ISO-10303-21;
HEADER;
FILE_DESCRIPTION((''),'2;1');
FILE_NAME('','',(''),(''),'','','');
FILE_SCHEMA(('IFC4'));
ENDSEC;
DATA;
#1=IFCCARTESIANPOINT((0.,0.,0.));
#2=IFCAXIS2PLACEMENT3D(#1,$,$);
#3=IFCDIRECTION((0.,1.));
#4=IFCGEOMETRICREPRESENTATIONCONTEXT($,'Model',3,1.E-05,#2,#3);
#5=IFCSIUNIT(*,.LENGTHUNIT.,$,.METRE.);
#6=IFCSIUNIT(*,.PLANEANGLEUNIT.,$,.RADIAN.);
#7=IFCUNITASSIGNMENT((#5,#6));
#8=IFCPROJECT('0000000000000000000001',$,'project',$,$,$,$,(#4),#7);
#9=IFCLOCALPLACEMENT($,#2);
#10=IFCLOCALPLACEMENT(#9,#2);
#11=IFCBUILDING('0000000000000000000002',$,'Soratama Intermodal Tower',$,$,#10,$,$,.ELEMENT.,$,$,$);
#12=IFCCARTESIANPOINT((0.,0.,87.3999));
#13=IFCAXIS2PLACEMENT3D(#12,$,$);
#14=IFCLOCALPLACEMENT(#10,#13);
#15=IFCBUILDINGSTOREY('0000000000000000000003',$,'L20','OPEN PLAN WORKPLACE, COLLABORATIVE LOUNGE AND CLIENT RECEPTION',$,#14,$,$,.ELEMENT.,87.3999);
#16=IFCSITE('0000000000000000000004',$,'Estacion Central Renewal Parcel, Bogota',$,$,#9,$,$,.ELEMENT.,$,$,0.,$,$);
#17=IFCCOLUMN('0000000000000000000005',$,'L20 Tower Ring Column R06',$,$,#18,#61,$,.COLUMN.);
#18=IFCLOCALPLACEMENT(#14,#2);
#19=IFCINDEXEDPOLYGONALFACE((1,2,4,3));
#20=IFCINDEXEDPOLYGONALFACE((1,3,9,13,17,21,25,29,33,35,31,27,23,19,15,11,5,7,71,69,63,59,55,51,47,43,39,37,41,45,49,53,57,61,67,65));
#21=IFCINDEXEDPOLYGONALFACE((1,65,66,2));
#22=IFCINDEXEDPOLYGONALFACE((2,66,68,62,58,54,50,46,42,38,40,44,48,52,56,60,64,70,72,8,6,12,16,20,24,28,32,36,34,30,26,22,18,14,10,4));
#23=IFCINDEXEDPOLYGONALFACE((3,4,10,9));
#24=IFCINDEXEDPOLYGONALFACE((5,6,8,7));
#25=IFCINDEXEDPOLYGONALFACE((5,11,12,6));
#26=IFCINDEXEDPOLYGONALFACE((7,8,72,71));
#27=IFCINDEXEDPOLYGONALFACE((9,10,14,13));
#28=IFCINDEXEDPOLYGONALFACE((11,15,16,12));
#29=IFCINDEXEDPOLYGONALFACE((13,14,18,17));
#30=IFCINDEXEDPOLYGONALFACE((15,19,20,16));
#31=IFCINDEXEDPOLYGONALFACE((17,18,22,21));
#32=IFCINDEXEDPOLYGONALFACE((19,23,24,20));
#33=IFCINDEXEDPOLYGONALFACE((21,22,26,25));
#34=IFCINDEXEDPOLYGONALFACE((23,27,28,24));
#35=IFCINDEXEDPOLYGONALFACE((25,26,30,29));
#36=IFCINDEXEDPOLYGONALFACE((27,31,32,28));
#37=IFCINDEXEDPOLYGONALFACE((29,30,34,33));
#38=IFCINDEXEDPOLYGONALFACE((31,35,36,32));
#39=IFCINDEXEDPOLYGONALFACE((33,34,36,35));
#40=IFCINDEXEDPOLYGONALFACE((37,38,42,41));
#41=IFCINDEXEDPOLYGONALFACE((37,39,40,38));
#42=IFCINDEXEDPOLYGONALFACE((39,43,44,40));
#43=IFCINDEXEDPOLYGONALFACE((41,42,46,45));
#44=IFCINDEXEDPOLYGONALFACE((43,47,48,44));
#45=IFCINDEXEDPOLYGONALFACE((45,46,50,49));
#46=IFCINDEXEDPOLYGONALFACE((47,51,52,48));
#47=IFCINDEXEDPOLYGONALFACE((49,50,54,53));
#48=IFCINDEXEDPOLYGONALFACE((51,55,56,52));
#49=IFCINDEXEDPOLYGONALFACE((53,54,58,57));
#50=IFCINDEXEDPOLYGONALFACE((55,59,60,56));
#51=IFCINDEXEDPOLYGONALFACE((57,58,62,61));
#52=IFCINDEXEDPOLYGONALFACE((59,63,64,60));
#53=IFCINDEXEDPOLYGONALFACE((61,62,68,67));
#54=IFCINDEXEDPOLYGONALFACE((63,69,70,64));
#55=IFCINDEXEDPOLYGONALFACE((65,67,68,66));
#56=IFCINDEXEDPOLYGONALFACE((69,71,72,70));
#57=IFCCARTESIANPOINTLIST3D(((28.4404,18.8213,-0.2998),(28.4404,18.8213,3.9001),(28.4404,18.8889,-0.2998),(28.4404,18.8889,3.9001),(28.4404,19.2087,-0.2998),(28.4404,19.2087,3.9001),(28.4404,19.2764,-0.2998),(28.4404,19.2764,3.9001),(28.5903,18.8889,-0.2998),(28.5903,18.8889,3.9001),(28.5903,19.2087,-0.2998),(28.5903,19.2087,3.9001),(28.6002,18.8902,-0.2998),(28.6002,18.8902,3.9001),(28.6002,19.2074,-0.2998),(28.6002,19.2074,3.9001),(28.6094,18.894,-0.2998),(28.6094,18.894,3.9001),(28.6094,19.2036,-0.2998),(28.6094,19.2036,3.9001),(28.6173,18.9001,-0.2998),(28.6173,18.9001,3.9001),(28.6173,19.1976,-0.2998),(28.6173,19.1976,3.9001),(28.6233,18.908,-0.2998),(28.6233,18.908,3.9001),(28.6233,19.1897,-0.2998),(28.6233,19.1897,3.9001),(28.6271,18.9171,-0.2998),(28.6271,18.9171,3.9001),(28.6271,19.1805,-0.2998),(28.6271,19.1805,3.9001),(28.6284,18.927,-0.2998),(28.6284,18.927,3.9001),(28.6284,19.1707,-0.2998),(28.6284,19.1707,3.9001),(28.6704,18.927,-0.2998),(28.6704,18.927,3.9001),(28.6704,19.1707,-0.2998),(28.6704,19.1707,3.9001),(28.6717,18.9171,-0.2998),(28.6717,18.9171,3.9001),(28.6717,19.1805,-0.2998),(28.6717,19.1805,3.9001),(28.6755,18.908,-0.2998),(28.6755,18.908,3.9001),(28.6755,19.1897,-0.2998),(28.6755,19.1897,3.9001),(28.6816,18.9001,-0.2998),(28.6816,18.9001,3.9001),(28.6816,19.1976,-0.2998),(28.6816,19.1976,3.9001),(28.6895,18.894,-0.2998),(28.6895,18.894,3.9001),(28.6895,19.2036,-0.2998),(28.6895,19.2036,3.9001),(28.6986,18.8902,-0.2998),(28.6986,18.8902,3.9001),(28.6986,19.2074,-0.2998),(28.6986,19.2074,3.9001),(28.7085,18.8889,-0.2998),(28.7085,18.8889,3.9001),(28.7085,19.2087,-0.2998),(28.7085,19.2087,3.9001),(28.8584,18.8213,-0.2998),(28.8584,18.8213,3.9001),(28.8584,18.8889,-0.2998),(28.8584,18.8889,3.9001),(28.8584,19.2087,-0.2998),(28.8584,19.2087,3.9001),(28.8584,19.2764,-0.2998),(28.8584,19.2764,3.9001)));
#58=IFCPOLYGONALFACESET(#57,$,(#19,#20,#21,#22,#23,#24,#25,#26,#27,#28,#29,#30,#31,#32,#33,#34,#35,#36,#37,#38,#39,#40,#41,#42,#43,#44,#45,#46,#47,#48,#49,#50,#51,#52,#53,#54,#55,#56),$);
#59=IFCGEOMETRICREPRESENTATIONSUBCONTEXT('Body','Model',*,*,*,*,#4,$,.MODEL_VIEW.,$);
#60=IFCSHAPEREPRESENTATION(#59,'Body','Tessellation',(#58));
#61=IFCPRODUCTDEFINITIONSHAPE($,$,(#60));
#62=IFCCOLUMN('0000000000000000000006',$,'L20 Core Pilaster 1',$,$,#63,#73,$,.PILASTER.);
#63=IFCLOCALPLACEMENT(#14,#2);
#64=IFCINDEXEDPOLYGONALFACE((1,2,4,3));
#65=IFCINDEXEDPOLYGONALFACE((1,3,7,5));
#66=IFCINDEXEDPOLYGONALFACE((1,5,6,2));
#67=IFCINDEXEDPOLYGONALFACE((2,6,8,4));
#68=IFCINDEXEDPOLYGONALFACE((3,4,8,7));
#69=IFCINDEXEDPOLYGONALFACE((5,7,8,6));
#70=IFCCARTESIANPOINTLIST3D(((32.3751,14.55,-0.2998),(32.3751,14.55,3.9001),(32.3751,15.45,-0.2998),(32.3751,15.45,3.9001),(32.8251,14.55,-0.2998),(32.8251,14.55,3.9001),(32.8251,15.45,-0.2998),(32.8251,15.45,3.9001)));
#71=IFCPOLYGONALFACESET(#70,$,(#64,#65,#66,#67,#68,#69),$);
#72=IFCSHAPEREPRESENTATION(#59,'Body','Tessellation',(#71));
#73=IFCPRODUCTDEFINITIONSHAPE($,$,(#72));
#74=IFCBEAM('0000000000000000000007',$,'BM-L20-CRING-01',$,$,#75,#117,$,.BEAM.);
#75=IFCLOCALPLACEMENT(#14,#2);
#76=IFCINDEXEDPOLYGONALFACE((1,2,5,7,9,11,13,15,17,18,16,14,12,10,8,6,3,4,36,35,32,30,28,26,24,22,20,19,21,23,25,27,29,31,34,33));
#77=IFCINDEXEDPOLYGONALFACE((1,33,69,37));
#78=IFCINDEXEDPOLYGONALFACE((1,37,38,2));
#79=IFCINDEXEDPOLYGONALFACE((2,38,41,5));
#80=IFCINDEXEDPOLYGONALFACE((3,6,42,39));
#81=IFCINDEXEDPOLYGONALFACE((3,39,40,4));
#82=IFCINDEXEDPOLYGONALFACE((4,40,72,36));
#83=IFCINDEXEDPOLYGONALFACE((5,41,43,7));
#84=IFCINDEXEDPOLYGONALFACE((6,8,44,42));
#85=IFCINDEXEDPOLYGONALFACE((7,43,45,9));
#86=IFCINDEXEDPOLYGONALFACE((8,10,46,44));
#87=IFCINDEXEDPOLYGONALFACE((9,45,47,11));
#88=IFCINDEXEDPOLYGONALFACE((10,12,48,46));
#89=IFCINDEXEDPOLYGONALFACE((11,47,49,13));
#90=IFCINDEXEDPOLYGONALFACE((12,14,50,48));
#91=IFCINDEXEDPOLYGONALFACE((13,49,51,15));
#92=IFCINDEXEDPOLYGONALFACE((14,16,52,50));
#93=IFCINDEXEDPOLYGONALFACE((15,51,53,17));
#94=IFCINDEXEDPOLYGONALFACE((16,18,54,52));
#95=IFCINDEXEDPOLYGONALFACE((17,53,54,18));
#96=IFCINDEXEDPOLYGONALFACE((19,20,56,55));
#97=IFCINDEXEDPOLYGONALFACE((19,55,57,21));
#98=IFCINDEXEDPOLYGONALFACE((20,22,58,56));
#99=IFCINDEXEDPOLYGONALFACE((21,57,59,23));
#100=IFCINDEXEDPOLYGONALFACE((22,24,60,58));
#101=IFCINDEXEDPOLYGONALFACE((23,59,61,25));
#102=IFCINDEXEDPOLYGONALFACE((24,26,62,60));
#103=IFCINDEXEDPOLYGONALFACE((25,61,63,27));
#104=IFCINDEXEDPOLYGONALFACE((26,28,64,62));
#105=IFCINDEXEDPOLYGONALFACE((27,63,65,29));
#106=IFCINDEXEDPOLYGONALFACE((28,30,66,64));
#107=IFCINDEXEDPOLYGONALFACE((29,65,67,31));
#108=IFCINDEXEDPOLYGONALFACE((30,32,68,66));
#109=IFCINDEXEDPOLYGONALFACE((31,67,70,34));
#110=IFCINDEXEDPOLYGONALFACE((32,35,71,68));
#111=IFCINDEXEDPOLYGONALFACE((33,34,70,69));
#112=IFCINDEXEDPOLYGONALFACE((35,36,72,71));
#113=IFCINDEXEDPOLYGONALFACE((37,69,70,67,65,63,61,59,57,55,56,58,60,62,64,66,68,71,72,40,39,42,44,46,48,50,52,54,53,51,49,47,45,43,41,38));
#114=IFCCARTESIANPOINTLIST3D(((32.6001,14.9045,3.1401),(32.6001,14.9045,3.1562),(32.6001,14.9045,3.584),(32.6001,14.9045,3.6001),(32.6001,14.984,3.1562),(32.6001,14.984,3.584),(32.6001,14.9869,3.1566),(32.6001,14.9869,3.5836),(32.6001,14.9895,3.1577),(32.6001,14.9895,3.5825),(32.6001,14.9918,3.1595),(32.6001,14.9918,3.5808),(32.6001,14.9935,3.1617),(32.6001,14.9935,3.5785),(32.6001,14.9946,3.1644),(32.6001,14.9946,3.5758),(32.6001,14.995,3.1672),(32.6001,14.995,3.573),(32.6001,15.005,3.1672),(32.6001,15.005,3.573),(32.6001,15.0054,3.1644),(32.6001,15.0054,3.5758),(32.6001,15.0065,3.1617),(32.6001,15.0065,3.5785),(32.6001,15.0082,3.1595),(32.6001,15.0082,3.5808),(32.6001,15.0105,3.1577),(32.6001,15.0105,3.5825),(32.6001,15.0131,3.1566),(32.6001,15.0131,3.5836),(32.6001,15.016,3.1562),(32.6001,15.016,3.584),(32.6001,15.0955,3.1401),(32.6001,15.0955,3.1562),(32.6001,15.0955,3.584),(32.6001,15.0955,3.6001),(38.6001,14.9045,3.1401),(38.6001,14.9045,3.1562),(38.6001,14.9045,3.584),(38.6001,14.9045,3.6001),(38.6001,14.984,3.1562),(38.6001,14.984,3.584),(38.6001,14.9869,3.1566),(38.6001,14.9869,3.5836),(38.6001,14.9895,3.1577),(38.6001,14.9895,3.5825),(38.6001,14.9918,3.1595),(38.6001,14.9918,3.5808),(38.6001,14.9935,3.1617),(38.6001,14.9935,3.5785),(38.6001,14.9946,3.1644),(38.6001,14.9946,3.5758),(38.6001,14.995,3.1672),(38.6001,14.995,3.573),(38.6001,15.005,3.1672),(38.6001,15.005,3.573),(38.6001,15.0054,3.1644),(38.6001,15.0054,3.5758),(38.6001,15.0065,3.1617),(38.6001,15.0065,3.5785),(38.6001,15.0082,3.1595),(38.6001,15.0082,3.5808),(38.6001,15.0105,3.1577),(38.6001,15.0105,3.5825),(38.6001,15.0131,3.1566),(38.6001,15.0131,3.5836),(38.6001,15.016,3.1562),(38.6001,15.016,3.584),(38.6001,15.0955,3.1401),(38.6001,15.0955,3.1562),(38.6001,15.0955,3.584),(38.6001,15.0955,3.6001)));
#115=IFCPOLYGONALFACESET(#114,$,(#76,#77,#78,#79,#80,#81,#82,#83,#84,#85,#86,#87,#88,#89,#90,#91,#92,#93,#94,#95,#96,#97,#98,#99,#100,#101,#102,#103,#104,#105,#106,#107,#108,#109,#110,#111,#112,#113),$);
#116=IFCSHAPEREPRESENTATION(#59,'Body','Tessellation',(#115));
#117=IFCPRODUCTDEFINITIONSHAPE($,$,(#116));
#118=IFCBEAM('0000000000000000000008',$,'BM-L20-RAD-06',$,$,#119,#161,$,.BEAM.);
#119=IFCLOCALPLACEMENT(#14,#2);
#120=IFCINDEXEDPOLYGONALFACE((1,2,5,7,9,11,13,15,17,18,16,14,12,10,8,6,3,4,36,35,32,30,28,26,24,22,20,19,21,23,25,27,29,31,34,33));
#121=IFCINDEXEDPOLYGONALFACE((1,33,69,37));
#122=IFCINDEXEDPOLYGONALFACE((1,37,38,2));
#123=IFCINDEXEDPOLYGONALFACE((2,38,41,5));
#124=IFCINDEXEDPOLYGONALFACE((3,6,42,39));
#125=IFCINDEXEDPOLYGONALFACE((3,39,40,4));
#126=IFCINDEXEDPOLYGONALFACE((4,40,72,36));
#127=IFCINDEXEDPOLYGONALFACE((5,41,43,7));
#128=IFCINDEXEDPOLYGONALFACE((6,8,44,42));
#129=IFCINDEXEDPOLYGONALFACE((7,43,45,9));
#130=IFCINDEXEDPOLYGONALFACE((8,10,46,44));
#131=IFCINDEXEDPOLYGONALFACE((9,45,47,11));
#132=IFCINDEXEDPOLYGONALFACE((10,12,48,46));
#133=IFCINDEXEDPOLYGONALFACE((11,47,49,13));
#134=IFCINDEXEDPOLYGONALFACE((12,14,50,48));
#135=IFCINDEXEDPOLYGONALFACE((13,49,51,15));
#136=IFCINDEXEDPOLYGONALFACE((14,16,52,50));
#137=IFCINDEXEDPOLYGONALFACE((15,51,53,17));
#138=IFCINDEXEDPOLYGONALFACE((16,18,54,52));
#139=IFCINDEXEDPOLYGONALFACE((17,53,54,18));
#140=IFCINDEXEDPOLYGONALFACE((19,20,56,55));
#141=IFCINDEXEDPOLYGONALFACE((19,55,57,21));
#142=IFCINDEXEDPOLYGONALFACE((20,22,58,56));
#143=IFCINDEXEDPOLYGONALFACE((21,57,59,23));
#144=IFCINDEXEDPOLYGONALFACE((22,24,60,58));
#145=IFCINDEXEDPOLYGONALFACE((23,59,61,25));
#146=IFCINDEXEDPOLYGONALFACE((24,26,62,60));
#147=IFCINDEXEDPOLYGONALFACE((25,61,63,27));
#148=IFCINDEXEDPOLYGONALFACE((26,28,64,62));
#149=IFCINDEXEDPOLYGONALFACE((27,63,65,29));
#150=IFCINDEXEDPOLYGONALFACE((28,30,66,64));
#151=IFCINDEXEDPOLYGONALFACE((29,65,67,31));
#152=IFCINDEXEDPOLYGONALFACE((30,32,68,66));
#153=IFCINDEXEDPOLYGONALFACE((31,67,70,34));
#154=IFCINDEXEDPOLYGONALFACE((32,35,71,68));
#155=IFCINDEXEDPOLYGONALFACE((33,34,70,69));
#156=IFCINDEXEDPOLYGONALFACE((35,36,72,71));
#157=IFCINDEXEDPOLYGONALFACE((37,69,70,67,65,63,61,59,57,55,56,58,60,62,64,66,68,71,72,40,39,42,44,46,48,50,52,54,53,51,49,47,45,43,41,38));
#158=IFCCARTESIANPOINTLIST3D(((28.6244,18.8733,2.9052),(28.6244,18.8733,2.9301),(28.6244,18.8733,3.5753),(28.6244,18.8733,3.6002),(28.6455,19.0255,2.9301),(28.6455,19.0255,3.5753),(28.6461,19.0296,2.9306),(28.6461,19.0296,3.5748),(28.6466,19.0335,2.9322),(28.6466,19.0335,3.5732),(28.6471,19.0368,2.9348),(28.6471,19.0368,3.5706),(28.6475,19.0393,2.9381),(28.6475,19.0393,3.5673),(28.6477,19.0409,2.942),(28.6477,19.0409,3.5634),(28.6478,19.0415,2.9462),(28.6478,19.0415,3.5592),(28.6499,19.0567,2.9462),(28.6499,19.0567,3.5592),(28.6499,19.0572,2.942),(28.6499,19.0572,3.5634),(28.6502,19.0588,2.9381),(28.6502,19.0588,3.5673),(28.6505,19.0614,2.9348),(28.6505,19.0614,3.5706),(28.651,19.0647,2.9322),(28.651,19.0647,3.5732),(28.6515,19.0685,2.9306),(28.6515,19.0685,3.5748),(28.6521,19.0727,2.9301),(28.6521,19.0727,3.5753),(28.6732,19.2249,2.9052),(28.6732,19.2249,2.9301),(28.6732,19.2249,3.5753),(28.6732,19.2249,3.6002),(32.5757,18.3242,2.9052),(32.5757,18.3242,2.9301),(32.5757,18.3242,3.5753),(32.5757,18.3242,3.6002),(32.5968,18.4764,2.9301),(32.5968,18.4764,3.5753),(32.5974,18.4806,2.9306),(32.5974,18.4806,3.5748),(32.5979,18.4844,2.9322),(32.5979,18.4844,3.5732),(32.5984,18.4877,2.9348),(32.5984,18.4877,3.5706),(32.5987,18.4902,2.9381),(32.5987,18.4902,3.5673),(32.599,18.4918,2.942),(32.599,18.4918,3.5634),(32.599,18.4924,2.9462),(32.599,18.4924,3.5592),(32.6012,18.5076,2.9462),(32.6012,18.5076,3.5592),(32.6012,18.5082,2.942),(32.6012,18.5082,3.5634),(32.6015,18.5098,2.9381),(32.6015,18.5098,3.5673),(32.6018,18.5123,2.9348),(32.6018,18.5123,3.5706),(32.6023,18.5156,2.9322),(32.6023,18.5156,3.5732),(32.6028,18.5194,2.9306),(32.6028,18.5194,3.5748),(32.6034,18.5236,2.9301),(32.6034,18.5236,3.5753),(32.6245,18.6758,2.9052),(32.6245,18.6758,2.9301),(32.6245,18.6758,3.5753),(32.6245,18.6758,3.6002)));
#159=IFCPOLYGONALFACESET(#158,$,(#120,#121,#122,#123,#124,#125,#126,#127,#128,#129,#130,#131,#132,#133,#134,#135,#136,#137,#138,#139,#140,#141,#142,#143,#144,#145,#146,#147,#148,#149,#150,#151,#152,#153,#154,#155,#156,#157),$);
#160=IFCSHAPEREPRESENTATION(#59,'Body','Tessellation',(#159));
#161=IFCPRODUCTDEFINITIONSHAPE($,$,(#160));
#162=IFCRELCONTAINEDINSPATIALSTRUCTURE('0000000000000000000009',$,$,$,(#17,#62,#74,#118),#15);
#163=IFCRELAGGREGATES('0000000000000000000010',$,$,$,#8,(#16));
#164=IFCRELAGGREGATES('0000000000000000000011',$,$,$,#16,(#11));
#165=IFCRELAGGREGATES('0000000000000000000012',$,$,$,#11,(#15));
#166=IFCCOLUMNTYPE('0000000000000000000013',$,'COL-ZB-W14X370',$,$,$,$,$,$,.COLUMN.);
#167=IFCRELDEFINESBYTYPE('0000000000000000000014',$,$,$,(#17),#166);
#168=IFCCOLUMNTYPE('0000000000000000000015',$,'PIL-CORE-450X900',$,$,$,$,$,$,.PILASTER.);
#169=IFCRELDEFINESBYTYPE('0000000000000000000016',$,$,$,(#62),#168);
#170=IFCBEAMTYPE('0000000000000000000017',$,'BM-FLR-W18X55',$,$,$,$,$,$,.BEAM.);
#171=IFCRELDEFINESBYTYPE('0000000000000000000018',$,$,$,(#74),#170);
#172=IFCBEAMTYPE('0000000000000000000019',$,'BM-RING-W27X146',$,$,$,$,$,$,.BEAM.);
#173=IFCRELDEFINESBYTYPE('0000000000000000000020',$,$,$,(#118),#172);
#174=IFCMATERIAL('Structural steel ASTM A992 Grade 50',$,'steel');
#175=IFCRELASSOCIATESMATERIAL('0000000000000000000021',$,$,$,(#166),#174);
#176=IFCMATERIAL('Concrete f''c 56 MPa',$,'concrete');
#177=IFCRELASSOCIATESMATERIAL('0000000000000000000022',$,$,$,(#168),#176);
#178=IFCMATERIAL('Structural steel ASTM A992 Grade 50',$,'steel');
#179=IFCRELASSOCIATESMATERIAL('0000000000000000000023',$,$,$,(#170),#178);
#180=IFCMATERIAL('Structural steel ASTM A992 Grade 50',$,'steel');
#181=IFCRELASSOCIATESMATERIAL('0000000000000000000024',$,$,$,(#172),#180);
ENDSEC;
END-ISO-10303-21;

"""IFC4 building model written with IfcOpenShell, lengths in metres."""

from ifc_helpers import new_model, si_unit, direction, frame, origin, origin_2d, place, context, subcontext, project, spatial, rectangle, i_section, extrude, material, material_profile, profile_set, type_object, element, save


model = new_model("IFC4")

# Units and contexts
model_context = context("Model", 3, precision=1e-05, world=origin(), true_north=direction((0.0, 1.0)))
body_context = subcontext(model_context, "Body", "Model", "MODEL_VIEW")
ifc_project = project(units=[si_unit("LENGTHUNIT", "METRE"), si_unit("PLANEANGLEUNIT", "RADIAN")], contexts=[model_context])

# Site, building, storey
site_placement = place(None, origin())
site = spatial("IfcSite", under=ifc_project, at=site_placement, Name="Estacion Central Renewal Parcel, Bogota", CompositionType="ELEMENT", RefElevation=0.0)
building_placement = place(site_placement, origin())
building = spatial("IfcBuilding", under=site, at=building_placement, Name="Soratama Intermodal Tower", CompositionType="ELEMENT")
storey_placement = place(building_placement, frame((0.0, 0.0, 87.3999)))
storey = spatial("IfcBuildingStorey", under=building, at=storey_placement, Name="L20", Description="OPEN PLAN WORKPLACE, COLLABORATIVE LOUNGE AND CLIENT RECEPTION", CompositionType="ELEMENT", Elevation=87.3999)

# Columns
ifc_material_1 = material(Name="Structural steel ASTM A992 Grade 50", Category="steel")
ifc_material_profile_1 = material_profile(ifc_material_1, i_section(OverallWidth=0.418, OverallDepth=0.4551, WebThickness=0.042, FlangeThickness=0.0676, FilletRadius=0.0381, at=origin_2d()), Name="W14X370")
ifc_profile_set_1 = profile_set([ifc_material_profile_1], Name="Structural steel ASTM A992 Grade 50")
column_type_1 = type_object("IfcColumnType", Name="COL-ZB-W14X370", PredefinedType="COLUMN", material=ifc_profile_set_1)
column_1_placement = place(storey_placement, frame((28.6494, 19.0488, -0.2998), z_axis=(0.0, 0.0, 1.0), x_axis=(1.0, 0.0, 0.0)))
element("IfcColumn", 1, at=column_1_placement, inside=storey, type_object=column_type_1, Name="L20 Tower Ring Column R06", PredefinedType="COLUMN", context=body_context, shape_type="SweptSolid", body=[
    extrude(i_section(OverallWidth=0.418, OverallDepth=0.4551, WebThickness=0.042, FlangeThickness=0.0676, FilletRadius=0.0381, at=origin_2d()), origin(), (0.0, 0.0, 1.0), 4.2),
])
ifc_material_2 = material(Name="Concrete f'c 56 MPa", Category="concrete")
ifc_material_profile_2 = material_profile(ifc_material_2, rectangle(XDim=0.45, YDim=0.8999, at=origin_2d()), Name="RC450X900")
ifc_profile_set_2 = profile_set([ifc_material_profile_2], Name="Concrete f'c 56 MPa")
column_type_2 = type_object("IfcColumnType", Name="PIL-CORE-450X900", PredefinedType="PILASTER", material=ifc_profile_set_2)
column_2_placement = place(storey_placement, frame((32.6001, 15.0, -0.2998), z_axis=(0.0, 0.0, 1.0), x_axis=(1.0, 0.0, 0.0)))
element("IfcColumn", 2, at=column_2_placement, inside=storey, type_object=column_type_2, Name="L20 Core Pilaster 1", PredefinedType="PILASTER", context=body_context, shape_type="SweptSolid", body=[
    extrude(rectangle(XDim=0.45, YDim=0.8999, at=origin_2d()), origin(), (0.0, 0.0, 1.0), 4.2),
])

# Beams
ifc_material_3 = material(Name="Structural steel ASTM A992 Grade 50", Category="steel")
ifc_material_profile_3 = material_profile(ifc_material_3, i_section(OverallWidth=0.1909, OverallDepth=0.46, WebThickness=0.01, FlangeThickness=0.0161, FilletRadius=0.011, at=origin_2d()), Name="W18X55")
ifc_profile_set_3 = profile_set([ifc_material_profile_3], Name="Structural steel ASTM A992 Grade 50")
beam_type_1 = type_object("IfcBeamType", Name="BM-FLR-W18X55", PredefinedType="BEAM", material=ifc_profile_set_3)
beam_1_placement = place(storey_placement, frame((32.6001, 15.0, 3.3701), z_axis=(1.0, 0.0, 0.0), x_axis=(0.0, 1.0, 0.0)))
element("IfcBeam", 3, at=beam_1_placement, inside=storey, type_object=beam_type_1, Name="BM-L20-CRING-01", PredefinedType="BEAM", context=body_context, shape_type="SweptSolid", body=[
    extrude(i_section(OverallWidth=0.1909, OverallDepth=0.46, WebThickness=0.01, FlangeThickness=0.0161, FilletRadius=0.011, at=origin_2d()), origin(), (0.0, 0.0, 1.0), 6.0),
])
ifc_material_4 = material(Name="Structural steel ASTM A992 Grade 50", Category="steel")
ifc_material_profile_4 = material_profile(ifc_material_4, i_section(OverallWidth=0.355, OverallDepth=0.6951, WebThickness=0.0154, FlangeThickness=0.0249, FilletRadius=0.0161, at=origin_2d()), Name="W27X146")
ifc_profile_set_4 = profile_set([ifc_material_profile_4], Name="Structural steel ASTM A992 Grade 50")
beam_type_2 = type_object("IfcBeamType", Name="BM-RING-W27X146", PredefinedType="BEAM", material=ifc_profile_set_4)
beam_2_placement = place(storey_placement, frame((32.6001, 18.5, 3.2527), z_axis=(-0.990482, 0.137642, 0.0), x_axis=(-0.137642, -0.990482, 0.0)))
element("IfcBeam", 4, at=beam_2_placement, inside=storey, type_object=beam_type_2, Name="BM-L20-RAD-06", PredefinedType="BEAM", context=body_context, shape_type="SweptSolid", body=[
    extrude(i_section(OverallWidth=0.355, OverallDepth=0.6951, WebThickness=0.0154, FlangeThickness=0.0249, FilletRadius=0.0161, at=origin_2d()), origin(), (0.0, 0.0, 1.0), 3.9893),
])

save(model, "model.ifc")
